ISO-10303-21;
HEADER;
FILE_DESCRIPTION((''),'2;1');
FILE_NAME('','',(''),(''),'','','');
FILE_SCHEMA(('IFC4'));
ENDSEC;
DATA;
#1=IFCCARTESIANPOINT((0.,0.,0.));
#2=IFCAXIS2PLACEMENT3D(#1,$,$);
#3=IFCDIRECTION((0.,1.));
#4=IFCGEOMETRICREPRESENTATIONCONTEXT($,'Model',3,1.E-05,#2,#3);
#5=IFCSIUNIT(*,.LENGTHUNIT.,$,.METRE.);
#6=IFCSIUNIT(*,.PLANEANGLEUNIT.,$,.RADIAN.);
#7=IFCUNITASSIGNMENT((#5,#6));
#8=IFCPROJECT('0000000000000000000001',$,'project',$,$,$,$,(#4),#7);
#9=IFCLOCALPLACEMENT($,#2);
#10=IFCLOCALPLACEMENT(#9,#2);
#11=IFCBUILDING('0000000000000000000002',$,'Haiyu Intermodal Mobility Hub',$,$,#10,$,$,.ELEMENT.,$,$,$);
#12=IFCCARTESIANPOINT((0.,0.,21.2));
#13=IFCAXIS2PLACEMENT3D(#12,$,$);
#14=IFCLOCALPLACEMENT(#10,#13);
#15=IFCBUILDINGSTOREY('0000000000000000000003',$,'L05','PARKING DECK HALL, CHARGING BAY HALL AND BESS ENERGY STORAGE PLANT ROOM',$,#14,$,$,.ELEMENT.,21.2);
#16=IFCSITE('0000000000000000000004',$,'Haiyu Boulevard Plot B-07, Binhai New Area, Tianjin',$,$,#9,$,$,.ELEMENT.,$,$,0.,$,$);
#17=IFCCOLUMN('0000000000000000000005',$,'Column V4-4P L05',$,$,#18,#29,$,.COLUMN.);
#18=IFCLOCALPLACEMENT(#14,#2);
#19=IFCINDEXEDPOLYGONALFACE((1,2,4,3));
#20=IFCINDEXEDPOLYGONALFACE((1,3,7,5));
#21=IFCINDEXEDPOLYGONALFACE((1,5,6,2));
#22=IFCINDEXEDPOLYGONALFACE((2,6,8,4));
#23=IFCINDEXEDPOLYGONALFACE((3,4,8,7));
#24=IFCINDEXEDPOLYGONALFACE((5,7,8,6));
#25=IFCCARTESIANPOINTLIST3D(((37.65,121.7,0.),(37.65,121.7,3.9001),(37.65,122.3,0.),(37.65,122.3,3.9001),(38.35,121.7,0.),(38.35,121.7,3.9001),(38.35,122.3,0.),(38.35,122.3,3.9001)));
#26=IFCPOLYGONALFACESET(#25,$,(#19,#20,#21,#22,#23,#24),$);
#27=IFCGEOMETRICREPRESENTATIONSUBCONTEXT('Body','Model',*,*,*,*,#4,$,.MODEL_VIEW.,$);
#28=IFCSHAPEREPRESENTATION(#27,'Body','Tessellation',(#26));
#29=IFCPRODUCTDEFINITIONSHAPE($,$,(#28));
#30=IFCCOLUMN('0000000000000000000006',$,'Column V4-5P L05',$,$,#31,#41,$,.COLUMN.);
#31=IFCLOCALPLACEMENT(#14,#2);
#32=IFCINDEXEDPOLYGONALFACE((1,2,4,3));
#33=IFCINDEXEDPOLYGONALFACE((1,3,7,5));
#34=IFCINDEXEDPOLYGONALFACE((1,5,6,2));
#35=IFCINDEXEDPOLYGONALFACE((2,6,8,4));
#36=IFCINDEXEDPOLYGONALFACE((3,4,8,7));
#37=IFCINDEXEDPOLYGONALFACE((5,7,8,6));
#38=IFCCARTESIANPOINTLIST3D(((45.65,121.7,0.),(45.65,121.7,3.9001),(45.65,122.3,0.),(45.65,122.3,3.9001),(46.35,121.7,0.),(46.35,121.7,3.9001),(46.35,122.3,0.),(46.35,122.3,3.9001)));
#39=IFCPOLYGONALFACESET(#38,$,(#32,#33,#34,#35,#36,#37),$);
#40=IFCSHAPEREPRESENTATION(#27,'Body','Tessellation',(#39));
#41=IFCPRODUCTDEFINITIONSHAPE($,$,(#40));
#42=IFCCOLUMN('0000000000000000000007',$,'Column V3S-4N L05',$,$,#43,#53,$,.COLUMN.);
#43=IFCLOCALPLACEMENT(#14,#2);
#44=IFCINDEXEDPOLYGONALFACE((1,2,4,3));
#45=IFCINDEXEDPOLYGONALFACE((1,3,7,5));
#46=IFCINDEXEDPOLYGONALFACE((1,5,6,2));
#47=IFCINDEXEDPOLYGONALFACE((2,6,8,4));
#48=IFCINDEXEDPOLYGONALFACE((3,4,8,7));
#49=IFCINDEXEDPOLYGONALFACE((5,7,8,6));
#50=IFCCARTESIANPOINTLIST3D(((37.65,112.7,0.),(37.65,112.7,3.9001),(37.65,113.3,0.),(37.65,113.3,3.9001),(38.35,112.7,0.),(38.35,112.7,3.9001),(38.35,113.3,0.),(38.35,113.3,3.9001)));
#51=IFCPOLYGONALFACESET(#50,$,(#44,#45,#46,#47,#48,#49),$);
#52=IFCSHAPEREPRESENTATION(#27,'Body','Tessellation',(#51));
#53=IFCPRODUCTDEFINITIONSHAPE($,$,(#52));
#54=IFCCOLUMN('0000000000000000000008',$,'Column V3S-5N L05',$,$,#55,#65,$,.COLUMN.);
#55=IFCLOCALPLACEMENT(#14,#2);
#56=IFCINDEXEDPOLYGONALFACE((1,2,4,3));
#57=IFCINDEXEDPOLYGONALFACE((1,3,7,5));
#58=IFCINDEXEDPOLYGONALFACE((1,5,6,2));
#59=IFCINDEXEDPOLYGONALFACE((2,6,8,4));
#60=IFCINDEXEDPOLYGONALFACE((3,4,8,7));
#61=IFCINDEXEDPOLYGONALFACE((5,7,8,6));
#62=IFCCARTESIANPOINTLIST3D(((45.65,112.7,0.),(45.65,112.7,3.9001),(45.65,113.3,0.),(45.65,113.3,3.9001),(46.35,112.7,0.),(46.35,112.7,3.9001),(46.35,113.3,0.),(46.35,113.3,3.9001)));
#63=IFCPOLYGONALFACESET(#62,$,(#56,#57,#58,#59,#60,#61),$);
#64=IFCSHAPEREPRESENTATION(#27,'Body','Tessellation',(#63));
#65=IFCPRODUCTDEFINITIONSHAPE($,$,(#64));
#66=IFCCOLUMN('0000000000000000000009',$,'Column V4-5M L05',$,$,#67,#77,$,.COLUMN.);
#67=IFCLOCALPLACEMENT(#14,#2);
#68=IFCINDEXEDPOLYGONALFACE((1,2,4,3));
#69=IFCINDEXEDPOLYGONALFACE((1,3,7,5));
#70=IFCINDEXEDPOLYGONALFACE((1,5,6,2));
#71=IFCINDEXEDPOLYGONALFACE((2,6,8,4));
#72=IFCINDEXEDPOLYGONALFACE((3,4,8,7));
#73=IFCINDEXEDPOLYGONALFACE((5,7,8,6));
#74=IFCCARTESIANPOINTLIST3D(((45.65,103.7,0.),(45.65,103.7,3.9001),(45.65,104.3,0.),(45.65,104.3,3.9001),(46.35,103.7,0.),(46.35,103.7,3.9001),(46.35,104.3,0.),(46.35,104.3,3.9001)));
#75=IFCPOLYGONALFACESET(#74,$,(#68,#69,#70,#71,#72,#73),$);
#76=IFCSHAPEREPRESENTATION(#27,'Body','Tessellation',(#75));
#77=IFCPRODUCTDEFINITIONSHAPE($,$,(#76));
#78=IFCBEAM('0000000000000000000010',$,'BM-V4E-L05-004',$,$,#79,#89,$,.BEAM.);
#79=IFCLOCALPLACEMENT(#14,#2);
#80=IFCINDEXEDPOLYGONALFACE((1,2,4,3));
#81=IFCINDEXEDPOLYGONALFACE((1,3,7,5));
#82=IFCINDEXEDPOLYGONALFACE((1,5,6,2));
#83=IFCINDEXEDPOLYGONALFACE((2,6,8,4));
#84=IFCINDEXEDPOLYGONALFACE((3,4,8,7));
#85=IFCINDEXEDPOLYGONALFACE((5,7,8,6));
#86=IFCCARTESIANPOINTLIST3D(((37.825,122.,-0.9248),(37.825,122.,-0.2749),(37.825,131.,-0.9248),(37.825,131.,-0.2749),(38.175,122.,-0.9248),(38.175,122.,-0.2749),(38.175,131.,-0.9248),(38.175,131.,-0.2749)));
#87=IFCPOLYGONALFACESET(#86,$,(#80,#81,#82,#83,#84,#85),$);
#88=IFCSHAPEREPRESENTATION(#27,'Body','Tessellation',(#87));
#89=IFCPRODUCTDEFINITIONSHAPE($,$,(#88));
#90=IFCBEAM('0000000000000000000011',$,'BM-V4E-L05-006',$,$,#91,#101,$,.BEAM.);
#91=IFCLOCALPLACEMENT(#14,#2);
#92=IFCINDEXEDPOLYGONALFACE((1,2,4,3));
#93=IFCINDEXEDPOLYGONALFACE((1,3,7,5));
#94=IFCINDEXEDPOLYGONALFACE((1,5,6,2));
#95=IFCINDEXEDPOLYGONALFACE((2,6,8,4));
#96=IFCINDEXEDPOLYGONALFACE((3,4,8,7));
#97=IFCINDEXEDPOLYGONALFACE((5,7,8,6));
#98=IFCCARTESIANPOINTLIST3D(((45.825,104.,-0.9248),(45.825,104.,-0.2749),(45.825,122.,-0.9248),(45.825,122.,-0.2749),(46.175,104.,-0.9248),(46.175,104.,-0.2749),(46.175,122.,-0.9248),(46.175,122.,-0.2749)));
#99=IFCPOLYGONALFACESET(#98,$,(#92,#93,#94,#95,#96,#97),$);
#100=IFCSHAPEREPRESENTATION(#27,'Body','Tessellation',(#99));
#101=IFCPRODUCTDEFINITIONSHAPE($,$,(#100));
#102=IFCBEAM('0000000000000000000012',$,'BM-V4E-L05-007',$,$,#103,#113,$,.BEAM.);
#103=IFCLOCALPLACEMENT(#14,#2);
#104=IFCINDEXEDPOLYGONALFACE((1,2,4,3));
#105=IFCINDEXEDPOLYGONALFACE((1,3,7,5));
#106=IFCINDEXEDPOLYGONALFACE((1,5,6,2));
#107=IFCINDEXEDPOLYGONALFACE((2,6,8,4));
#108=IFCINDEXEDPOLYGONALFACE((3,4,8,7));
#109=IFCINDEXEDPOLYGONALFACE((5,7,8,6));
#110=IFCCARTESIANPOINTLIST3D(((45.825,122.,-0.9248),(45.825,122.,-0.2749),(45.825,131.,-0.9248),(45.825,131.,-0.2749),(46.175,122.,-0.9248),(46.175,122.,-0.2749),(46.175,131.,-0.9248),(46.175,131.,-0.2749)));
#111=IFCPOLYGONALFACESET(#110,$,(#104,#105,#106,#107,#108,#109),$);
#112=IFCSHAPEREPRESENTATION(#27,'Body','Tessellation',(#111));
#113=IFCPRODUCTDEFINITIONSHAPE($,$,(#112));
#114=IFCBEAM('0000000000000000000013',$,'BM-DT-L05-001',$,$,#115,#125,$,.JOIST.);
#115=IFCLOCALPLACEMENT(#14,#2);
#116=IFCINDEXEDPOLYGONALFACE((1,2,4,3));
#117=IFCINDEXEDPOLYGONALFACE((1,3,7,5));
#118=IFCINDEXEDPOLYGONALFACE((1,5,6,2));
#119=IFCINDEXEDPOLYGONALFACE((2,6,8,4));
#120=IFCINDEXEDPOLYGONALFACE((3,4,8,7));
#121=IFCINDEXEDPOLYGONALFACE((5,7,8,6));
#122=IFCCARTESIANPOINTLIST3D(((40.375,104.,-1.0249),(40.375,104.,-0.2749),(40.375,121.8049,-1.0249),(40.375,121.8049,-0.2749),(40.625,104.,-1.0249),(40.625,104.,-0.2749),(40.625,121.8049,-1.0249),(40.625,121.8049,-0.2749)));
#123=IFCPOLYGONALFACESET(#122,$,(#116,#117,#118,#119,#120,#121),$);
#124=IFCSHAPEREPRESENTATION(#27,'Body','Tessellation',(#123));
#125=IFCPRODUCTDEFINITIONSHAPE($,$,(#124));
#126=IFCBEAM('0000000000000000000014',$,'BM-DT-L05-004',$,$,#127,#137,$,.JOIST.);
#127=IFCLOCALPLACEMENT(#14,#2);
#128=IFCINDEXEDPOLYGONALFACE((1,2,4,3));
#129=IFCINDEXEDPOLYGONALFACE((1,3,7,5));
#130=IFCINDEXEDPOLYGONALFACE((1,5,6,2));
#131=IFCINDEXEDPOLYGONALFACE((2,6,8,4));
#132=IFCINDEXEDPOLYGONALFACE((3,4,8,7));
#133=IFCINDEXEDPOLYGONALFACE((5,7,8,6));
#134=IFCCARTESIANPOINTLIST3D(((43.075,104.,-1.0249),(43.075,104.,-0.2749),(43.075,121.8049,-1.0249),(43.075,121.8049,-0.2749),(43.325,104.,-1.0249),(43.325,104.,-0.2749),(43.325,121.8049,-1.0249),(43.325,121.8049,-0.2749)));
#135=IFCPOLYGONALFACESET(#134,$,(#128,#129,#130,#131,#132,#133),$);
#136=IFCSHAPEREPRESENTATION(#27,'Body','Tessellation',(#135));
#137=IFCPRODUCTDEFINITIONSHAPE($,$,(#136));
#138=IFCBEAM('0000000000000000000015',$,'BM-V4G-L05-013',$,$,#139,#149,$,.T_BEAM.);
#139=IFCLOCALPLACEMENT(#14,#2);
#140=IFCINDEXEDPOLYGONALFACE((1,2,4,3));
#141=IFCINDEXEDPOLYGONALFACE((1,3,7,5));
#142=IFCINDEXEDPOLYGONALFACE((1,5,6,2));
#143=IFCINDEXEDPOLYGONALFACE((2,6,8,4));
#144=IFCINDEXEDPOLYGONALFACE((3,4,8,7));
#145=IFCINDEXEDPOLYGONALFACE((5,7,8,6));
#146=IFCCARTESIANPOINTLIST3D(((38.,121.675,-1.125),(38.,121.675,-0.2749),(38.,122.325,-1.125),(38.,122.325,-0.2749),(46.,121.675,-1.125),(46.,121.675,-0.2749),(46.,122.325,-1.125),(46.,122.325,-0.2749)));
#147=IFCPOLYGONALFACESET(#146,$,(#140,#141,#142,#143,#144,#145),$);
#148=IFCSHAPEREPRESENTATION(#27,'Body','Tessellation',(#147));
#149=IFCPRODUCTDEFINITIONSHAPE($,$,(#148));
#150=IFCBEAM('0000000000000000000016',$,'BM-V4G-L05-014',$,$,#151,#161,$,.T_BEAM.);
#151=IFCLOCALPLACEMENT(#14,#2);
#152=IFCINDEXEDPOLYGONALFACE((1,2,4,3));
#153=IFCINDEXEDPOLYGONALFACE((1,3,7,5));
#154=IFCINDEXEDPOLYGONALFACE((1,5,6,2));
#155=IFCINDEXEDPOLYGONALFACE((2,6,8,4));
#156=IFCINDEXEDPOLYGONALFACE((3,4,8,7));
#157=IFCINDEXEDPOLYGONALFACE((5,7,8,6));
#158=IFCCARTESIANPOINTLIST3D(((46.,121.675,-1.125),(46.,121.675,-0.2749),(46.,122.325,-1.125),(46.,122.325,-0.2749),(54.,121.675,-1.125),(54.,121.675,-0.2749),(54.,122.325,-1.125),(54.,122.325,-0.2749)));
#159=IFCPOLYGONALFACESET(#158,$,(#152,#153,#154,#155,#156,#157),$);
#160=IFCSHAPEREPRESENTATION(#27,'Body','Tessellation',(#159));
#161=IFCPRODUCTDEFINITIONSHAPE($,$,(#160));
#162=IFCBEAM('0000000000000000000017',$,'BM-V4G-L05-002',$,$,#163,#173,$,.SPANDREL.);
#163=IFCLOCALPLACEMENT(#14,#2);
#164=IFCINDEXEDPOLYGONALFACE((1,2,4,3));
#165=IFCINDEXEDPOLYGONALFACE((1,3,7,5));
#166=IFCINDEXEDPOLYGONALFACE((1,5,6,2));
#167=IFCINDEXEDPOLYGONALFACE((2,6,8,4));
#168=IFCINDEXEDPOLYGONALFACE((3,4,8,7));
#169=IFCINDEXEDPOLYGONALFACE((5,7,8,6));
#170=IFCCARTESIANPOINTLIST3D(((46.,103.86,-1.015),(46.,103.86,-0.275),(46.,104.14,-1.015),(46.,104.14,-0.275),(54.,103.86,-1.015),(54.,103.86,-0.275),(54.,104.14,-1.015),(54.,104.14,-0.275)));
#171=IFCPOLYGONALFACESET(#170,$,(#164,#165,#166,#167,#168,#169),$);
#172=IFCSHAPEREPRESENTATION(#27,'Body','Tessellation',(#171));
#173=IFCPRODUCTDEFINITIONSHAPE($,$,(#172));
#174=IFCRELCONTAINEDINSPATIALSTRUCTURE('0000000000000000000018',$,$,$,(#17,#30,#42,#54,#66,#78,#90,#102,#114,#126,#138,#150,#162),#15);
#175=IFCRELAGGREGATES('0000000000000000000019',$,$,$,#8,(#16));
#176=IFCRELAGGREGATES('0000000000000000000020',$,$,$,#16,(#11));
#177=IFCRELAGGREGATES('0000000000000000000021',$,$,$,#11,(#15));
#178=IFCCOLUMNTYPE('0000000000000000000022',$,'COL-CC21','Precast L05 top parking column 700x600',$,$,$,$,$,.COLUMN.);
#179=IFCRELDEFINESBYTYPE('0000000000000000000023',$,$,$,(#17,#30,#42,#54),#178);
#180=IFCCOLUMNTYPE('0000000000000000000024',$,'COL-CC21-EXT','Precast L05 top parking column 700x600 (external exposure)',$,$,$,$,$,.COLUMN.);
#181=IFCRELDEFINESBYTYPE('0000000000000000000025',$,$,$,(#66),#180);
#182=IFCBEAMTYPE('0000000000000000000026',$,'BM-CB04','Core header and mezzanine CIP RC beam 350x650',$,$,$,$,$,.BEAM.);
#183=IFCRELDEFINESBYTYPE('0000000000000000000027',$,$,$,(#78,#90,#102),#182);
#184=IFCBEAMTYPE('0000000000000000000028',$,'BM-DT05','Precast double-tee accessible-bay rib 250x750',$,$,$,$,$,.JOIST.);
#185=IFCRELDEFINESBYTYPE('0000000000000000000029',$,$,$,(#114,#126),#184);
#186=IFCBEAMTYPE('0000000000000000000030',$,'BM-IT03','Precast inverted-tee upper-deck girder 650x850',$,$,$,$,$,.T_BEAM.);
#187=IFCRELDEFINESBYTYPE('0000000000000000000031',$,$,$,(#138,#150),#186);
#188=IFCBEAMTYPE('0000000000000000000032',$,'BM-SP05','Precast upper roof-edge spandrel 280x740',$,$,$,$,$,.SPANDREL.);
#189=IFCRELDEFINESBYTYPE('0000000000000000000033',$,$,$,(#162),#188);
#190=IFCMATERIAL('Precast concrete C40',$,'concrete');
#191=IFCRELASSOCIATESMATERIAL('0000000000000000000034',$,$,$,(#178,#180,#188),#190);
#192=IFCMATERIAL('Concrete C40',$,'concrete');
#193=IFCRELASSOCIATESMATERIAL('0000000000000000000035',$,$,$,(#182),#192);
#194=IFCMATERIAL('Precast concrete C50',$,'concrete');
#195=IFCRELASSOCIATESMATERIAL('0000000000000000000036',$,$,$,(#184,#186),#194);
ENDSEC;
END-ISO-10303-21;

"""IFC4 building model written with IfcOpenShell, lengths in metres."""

from ifc_helpers import new_model, si_unit, direction, frame, origin, origin_2d, place, context, subcontext, project, spatial, rectangle, extrude, material, material_profile, profile_set, type_object, element, save


model = new_model("IFC4")

# Units and contexts
model_context = context("Model", 3, precision=1e-05, world=origin(), true_north=direction((0.0, 1.0)))
body_context = subcontext(model_context, "Body", "Model", "MODEL_VIEW")
ifc_project = project(units=[si_unit("LENGTHUNIT", "METRE"), si_unit("PLANEANGLEUNIT", "RADIAN")], contexts=[model_context])

# Site, building, storey
site_placement = place(None, origin())
site = spatial("IfcSite", under=ifc_project, at=site_placement, Name="Haiyu Boulevard Plot B-07, Binhai New Area, Tianjin", CompositionType="ELEMENT", RefElevation=0.0)
building_placement = place(site_placement, origin())
building = spatial("IfcBuilding", under=site, at=building_placement, Name="Haiyu Intermodal Mobility Hub", CompositionType="ELEMENT")
storey_placement = place(building_placement, frame((0.0, 0.0, 21.2)))
storey = spatial("IfcBuildingStorey", under=building, at=storey_placement, Name="L05", Description="PARKING DECK HALL, CHARGING BAY HALL AND BESS ENERGY STORAGE PLANT ROOM", CompositionType="ELEMENT", Elevation=21.2)

# Columns
ifc_material_1 = material(Name="Precast concrete C40", Category="concrete")
ifc_material_profile_1 = material_profile(ifc_material_1, rectangle(XDim=0.7, YDim=0.6001, at=origin_2d()), Name="C700x600")
ifc_profile_set_1 = profile_set([ifc_material_profile_1], Name="Precast concrete C40")
column_type_1 = type_object("IfcColumnType", Name="COL-CC21", Description="Precast L05 top parking column 700x600", PredefinedType="COLUMN", material=ifc_profile_set_1)
for number, where, z_axis, x_axis, name in (
    (1, (38.0, 122.0, 0.0), (0.0, 0.0, 1.0), (1.0, 0.0, 0.0), "Column V4-4P L05"),
    (2, (46.0, 122.0, 0.0), (0.0, 0.0, 1.0), (1.0, 0.0, 0.0), "Column V4-5P L05"),
    (3, (38.0, 113.0, 0.0), (0.0, 0.0, 1.0), (1.0, 0.0, 0.0), "Column V3S-4N L05"),
    (4, (46.0, 113.0, 0.0), (0.0, 0.0, 1.0), (1.0, 0.0, 0.0), "Column V3S-5N L05"),
):
    element("IfcColumn", number, at=place(storey_placement, frame(where, z_axis=z_axis, x_axis=x_axis)), inside=storey, type_object=column_type_1, Name=name, PredefinedType="COLUMN", context=body_context, shape_type="SweptSolid", body=[
        extrude(rectangle(XDim=0.7, YDim=0.6001, at=origin_2d()), origin(), (0.0, 0.0, 1.0), 3.9001),
    ])
ifc_material_profile_2 = material_profile(ifc_material_1, rectangle(XDim=0.7, YDim=0.6001, at=origin_2d()), Name="C700x600")
ifc_profile_set_2 = profile_set([ifc_material_profile_2], Name="Precast concrete C40")
column_type_2 = type_object("IfcColumnType", Name="COL-CC21-EXT", Description="Precast L05 top parking column 700x600 (external exposure)", PredefinedType="COLUMN", material=ifc_profile_set_2)
column_placement = place(storey_placement, frame((46.0, 104.0, 0.0), z_axis=(0.0, 0.0, 1.0), x_axis=(1.0, 0.0, 0.0)))
element("IfcColumn", 5, at=column_placement, inside=storey, type_object=column_type_2, Name="Column V4-5M L05", PredefinedType="COLUMN", context=body_context, shape_type="SweptSolid", body=[
    extrude(rectangle(XDim=0.7, YDim=0.6001, at=origin_2d()), origin(), (0.0, 0.0, 1.0), 3.9001),
])

# Beams
ifc_material_2 = material(Name="Concrete C40", Category="concrete")
ifc_material_profile_3 = material_profile(ifc_material_2, rectangle(XDim=0.3501, YDim=0.6499, at=origin_2d()), Name="RCB350x650")
ifc_profile_set_3 = profile_set([ifc_material_profile_3], Name="Concrete C40")
beam_type_1 = type_object("IfcBeamType", Name="BM-CB04", Description="Core header and mezzanine CIP RC beam 350x650", PredefinedType="BEAM", material=ifc_profile_set_3)
beam_1_placement = place(storey_placement, frame((38.0, 122.0, -0.5999), z_axis=(0.0, 1.0, 0.0), x_axis=(-1.0, 0.0, 0.0)))
element("IfcBeam", 6, at=beam_1_placement, inside=storey, type_object=beam_type_1, Name="BM-V4E-L05-004", PredefinedType="BEAM", context=body_context, shape_type="SweptSolid", body=[
    extrude(rectangle(XDim=0.3501, YDim=0.6499, at=origin_2d()), origin(), (0.0, 0.0, 1.0), 9.0),
])
beam_2_placement = place(storey_placement, frame((46.0, 104.0, -0.5999), z_axis=(0.0, 1.0, 0.0), x_axis=(-1.0, 0.0, 0.0)))
element("IfcBeam", 7, at=beam_2_placement, inside=storey, type_object=beam_type_1, Name="BM-V4E-L05-006", PredefinedType="BEAM", context=body_context, shape_type="SweptSolid", body=[
    extrude(rectangle(XDim=0.3501, YDim=0.6499, at=origin_2d()), origin(), (0.0, 0.0, 1.0), 18.0),
])
beam_3_placement = place(storey_placement, frame((46.0, 122.0, -0.5999), z_axis=(0.0, 1.0, 0.0), x_axis=(-1.0, 0.0, 0.0)))
element("IfcBeam", 8, at=beam_3_placement, inside=storey, type_object=beam_type_1, Name="BM-V4E-L05-007", PredefinedType="BEAM", context=body_context, shape_type="SweptSolid", body=[
    extrude(rectangle(XDim=0.3501, YDim=0.6499, at=origin_2d()), origin(), (0.0, 0.0, 1.0), 9.0),
])
ifc_material_3 = material(Name="Precast concrete C50", Category="concrete")
ifc_material_profile_4 = material_profile(ifc_material_3, rectangle(XDim=0.25, YDim=0.75, at=origin_2d()), Name="B250x750")
ifc_profile_set_4 = profile_set([ifc_material_profile_4], Name="Precast concrete C50")
beam_type_2 = type_object("IfcBeamType", Name="BM-DT05", Description="Precast double-tee accessible-bay rib 250x750", PredefinedType="JOIST", material=ifc_profile_set_4)
for number, where, z_axis, x_axis, name in (
    (9, (40.5, 104.0, -0.6499), (0.0, 1.0, 0.0), (-1.0, 0.0, 0.0), "BM-DT-L05-001"),
    (10, (43.2, 104.0, -0.6499), (0.0, 1.0, 0.0), (-1.0, 0.0, 0.0), "BM-DT-L05-004"),
):
    element("IfcBeam", number, at=place(storey_placement, frame(where, z_axis=z_axis, x_axis=x_axis)), inside=storey, type_object=beam_type_2, Name=name, PredefinedType="JOIST", context=body_context, shape_type="SweptSolid", body=[
        extrude(rectangle(XDim=0.25, YDim=0.75, at=origin_2d()), origin(), (0.0, 0.0, 1.0), 17.8049),
    ])
ifc_material_profile_5 = material_profile(ifc_material_3, rectangle(XDim=0.6499, YDim=0.8501, at=origin_2d()), Name="PC650x850")
ifc_profile_set_5 = profile_set([ifc_material_profile_5], Name="Precast concrete C50")
beam_type_3 = type_object("IfcBeamType", Name="BM-IT03", Description="Precast inverted-tee upper-deck girder 650x850", PredefinedType="T_BEAM", material=ifc_profile_set_5)
for number, where, z_axis, x_axis, name in (
    (11, (38.0, 122.0, -0.7), (1.0, 0.0, 0.0), (0.0, 1.0, 0.0), "BM-V4G-L05-013"),
    (12, (46.0, 122.0, -0.7), (1.0, 0.0, 0.0), (0.0, 1.0, 0.0), "BM-V4G-L05-014"),
):
    element("IfcBeam", number, at=place(storey_placement, frame(where, z_axis=z_axis, x_axis=x_axis)), inside=storey, type_object=beam_type_3, Name=name, PredefinedType="T_BEAM", context=body_context, shape_type="SweptSolid", body=[
        extrude(rectangle(XDim=0.6499, YDim=0.8501, at=origin_2d()), origin(), (0.0, 0.0, 1.0), 8.0),
    ])
ifc_material_profile_6 = material_profile(ifc_material_1, rectangle(XDim=0.28, YDim=0.74, at=origin_2d()), Name="B280x740")
ifc_profile_set_6 = profile_set([ifc_material_profile_6], Name="Precast concrete C40")
beam_type_4 = type_object("IfcBeamType", Name="BM-SP05", Description="Precast upper roof-edge spandrel 280x740", PredefinedType="SPANDREL", material=ifc_profile_set_6)
beam_4_placement = place(storey_placement, frame((46.0, 104.0, -0.645), z_axis=(1.0, 0.0, 0.0), x_axis=(0.0, 1.0, 0.0)))
element("IfcBeam", 13, at=beam_4_placement, inside=storey, type_object=beam_type_4, Name="BM-V4G-L05-002", PredefinedType="SPANDREL", context=body_context, shape_type="SweptSolid", body=[
    extrude(rectangle(XDim=0.28, YDim=0.74, at=origin_2d()), origin(), (0.0, 0.0, 1.0), 8.0),
])

save(model, "model.ifc")
